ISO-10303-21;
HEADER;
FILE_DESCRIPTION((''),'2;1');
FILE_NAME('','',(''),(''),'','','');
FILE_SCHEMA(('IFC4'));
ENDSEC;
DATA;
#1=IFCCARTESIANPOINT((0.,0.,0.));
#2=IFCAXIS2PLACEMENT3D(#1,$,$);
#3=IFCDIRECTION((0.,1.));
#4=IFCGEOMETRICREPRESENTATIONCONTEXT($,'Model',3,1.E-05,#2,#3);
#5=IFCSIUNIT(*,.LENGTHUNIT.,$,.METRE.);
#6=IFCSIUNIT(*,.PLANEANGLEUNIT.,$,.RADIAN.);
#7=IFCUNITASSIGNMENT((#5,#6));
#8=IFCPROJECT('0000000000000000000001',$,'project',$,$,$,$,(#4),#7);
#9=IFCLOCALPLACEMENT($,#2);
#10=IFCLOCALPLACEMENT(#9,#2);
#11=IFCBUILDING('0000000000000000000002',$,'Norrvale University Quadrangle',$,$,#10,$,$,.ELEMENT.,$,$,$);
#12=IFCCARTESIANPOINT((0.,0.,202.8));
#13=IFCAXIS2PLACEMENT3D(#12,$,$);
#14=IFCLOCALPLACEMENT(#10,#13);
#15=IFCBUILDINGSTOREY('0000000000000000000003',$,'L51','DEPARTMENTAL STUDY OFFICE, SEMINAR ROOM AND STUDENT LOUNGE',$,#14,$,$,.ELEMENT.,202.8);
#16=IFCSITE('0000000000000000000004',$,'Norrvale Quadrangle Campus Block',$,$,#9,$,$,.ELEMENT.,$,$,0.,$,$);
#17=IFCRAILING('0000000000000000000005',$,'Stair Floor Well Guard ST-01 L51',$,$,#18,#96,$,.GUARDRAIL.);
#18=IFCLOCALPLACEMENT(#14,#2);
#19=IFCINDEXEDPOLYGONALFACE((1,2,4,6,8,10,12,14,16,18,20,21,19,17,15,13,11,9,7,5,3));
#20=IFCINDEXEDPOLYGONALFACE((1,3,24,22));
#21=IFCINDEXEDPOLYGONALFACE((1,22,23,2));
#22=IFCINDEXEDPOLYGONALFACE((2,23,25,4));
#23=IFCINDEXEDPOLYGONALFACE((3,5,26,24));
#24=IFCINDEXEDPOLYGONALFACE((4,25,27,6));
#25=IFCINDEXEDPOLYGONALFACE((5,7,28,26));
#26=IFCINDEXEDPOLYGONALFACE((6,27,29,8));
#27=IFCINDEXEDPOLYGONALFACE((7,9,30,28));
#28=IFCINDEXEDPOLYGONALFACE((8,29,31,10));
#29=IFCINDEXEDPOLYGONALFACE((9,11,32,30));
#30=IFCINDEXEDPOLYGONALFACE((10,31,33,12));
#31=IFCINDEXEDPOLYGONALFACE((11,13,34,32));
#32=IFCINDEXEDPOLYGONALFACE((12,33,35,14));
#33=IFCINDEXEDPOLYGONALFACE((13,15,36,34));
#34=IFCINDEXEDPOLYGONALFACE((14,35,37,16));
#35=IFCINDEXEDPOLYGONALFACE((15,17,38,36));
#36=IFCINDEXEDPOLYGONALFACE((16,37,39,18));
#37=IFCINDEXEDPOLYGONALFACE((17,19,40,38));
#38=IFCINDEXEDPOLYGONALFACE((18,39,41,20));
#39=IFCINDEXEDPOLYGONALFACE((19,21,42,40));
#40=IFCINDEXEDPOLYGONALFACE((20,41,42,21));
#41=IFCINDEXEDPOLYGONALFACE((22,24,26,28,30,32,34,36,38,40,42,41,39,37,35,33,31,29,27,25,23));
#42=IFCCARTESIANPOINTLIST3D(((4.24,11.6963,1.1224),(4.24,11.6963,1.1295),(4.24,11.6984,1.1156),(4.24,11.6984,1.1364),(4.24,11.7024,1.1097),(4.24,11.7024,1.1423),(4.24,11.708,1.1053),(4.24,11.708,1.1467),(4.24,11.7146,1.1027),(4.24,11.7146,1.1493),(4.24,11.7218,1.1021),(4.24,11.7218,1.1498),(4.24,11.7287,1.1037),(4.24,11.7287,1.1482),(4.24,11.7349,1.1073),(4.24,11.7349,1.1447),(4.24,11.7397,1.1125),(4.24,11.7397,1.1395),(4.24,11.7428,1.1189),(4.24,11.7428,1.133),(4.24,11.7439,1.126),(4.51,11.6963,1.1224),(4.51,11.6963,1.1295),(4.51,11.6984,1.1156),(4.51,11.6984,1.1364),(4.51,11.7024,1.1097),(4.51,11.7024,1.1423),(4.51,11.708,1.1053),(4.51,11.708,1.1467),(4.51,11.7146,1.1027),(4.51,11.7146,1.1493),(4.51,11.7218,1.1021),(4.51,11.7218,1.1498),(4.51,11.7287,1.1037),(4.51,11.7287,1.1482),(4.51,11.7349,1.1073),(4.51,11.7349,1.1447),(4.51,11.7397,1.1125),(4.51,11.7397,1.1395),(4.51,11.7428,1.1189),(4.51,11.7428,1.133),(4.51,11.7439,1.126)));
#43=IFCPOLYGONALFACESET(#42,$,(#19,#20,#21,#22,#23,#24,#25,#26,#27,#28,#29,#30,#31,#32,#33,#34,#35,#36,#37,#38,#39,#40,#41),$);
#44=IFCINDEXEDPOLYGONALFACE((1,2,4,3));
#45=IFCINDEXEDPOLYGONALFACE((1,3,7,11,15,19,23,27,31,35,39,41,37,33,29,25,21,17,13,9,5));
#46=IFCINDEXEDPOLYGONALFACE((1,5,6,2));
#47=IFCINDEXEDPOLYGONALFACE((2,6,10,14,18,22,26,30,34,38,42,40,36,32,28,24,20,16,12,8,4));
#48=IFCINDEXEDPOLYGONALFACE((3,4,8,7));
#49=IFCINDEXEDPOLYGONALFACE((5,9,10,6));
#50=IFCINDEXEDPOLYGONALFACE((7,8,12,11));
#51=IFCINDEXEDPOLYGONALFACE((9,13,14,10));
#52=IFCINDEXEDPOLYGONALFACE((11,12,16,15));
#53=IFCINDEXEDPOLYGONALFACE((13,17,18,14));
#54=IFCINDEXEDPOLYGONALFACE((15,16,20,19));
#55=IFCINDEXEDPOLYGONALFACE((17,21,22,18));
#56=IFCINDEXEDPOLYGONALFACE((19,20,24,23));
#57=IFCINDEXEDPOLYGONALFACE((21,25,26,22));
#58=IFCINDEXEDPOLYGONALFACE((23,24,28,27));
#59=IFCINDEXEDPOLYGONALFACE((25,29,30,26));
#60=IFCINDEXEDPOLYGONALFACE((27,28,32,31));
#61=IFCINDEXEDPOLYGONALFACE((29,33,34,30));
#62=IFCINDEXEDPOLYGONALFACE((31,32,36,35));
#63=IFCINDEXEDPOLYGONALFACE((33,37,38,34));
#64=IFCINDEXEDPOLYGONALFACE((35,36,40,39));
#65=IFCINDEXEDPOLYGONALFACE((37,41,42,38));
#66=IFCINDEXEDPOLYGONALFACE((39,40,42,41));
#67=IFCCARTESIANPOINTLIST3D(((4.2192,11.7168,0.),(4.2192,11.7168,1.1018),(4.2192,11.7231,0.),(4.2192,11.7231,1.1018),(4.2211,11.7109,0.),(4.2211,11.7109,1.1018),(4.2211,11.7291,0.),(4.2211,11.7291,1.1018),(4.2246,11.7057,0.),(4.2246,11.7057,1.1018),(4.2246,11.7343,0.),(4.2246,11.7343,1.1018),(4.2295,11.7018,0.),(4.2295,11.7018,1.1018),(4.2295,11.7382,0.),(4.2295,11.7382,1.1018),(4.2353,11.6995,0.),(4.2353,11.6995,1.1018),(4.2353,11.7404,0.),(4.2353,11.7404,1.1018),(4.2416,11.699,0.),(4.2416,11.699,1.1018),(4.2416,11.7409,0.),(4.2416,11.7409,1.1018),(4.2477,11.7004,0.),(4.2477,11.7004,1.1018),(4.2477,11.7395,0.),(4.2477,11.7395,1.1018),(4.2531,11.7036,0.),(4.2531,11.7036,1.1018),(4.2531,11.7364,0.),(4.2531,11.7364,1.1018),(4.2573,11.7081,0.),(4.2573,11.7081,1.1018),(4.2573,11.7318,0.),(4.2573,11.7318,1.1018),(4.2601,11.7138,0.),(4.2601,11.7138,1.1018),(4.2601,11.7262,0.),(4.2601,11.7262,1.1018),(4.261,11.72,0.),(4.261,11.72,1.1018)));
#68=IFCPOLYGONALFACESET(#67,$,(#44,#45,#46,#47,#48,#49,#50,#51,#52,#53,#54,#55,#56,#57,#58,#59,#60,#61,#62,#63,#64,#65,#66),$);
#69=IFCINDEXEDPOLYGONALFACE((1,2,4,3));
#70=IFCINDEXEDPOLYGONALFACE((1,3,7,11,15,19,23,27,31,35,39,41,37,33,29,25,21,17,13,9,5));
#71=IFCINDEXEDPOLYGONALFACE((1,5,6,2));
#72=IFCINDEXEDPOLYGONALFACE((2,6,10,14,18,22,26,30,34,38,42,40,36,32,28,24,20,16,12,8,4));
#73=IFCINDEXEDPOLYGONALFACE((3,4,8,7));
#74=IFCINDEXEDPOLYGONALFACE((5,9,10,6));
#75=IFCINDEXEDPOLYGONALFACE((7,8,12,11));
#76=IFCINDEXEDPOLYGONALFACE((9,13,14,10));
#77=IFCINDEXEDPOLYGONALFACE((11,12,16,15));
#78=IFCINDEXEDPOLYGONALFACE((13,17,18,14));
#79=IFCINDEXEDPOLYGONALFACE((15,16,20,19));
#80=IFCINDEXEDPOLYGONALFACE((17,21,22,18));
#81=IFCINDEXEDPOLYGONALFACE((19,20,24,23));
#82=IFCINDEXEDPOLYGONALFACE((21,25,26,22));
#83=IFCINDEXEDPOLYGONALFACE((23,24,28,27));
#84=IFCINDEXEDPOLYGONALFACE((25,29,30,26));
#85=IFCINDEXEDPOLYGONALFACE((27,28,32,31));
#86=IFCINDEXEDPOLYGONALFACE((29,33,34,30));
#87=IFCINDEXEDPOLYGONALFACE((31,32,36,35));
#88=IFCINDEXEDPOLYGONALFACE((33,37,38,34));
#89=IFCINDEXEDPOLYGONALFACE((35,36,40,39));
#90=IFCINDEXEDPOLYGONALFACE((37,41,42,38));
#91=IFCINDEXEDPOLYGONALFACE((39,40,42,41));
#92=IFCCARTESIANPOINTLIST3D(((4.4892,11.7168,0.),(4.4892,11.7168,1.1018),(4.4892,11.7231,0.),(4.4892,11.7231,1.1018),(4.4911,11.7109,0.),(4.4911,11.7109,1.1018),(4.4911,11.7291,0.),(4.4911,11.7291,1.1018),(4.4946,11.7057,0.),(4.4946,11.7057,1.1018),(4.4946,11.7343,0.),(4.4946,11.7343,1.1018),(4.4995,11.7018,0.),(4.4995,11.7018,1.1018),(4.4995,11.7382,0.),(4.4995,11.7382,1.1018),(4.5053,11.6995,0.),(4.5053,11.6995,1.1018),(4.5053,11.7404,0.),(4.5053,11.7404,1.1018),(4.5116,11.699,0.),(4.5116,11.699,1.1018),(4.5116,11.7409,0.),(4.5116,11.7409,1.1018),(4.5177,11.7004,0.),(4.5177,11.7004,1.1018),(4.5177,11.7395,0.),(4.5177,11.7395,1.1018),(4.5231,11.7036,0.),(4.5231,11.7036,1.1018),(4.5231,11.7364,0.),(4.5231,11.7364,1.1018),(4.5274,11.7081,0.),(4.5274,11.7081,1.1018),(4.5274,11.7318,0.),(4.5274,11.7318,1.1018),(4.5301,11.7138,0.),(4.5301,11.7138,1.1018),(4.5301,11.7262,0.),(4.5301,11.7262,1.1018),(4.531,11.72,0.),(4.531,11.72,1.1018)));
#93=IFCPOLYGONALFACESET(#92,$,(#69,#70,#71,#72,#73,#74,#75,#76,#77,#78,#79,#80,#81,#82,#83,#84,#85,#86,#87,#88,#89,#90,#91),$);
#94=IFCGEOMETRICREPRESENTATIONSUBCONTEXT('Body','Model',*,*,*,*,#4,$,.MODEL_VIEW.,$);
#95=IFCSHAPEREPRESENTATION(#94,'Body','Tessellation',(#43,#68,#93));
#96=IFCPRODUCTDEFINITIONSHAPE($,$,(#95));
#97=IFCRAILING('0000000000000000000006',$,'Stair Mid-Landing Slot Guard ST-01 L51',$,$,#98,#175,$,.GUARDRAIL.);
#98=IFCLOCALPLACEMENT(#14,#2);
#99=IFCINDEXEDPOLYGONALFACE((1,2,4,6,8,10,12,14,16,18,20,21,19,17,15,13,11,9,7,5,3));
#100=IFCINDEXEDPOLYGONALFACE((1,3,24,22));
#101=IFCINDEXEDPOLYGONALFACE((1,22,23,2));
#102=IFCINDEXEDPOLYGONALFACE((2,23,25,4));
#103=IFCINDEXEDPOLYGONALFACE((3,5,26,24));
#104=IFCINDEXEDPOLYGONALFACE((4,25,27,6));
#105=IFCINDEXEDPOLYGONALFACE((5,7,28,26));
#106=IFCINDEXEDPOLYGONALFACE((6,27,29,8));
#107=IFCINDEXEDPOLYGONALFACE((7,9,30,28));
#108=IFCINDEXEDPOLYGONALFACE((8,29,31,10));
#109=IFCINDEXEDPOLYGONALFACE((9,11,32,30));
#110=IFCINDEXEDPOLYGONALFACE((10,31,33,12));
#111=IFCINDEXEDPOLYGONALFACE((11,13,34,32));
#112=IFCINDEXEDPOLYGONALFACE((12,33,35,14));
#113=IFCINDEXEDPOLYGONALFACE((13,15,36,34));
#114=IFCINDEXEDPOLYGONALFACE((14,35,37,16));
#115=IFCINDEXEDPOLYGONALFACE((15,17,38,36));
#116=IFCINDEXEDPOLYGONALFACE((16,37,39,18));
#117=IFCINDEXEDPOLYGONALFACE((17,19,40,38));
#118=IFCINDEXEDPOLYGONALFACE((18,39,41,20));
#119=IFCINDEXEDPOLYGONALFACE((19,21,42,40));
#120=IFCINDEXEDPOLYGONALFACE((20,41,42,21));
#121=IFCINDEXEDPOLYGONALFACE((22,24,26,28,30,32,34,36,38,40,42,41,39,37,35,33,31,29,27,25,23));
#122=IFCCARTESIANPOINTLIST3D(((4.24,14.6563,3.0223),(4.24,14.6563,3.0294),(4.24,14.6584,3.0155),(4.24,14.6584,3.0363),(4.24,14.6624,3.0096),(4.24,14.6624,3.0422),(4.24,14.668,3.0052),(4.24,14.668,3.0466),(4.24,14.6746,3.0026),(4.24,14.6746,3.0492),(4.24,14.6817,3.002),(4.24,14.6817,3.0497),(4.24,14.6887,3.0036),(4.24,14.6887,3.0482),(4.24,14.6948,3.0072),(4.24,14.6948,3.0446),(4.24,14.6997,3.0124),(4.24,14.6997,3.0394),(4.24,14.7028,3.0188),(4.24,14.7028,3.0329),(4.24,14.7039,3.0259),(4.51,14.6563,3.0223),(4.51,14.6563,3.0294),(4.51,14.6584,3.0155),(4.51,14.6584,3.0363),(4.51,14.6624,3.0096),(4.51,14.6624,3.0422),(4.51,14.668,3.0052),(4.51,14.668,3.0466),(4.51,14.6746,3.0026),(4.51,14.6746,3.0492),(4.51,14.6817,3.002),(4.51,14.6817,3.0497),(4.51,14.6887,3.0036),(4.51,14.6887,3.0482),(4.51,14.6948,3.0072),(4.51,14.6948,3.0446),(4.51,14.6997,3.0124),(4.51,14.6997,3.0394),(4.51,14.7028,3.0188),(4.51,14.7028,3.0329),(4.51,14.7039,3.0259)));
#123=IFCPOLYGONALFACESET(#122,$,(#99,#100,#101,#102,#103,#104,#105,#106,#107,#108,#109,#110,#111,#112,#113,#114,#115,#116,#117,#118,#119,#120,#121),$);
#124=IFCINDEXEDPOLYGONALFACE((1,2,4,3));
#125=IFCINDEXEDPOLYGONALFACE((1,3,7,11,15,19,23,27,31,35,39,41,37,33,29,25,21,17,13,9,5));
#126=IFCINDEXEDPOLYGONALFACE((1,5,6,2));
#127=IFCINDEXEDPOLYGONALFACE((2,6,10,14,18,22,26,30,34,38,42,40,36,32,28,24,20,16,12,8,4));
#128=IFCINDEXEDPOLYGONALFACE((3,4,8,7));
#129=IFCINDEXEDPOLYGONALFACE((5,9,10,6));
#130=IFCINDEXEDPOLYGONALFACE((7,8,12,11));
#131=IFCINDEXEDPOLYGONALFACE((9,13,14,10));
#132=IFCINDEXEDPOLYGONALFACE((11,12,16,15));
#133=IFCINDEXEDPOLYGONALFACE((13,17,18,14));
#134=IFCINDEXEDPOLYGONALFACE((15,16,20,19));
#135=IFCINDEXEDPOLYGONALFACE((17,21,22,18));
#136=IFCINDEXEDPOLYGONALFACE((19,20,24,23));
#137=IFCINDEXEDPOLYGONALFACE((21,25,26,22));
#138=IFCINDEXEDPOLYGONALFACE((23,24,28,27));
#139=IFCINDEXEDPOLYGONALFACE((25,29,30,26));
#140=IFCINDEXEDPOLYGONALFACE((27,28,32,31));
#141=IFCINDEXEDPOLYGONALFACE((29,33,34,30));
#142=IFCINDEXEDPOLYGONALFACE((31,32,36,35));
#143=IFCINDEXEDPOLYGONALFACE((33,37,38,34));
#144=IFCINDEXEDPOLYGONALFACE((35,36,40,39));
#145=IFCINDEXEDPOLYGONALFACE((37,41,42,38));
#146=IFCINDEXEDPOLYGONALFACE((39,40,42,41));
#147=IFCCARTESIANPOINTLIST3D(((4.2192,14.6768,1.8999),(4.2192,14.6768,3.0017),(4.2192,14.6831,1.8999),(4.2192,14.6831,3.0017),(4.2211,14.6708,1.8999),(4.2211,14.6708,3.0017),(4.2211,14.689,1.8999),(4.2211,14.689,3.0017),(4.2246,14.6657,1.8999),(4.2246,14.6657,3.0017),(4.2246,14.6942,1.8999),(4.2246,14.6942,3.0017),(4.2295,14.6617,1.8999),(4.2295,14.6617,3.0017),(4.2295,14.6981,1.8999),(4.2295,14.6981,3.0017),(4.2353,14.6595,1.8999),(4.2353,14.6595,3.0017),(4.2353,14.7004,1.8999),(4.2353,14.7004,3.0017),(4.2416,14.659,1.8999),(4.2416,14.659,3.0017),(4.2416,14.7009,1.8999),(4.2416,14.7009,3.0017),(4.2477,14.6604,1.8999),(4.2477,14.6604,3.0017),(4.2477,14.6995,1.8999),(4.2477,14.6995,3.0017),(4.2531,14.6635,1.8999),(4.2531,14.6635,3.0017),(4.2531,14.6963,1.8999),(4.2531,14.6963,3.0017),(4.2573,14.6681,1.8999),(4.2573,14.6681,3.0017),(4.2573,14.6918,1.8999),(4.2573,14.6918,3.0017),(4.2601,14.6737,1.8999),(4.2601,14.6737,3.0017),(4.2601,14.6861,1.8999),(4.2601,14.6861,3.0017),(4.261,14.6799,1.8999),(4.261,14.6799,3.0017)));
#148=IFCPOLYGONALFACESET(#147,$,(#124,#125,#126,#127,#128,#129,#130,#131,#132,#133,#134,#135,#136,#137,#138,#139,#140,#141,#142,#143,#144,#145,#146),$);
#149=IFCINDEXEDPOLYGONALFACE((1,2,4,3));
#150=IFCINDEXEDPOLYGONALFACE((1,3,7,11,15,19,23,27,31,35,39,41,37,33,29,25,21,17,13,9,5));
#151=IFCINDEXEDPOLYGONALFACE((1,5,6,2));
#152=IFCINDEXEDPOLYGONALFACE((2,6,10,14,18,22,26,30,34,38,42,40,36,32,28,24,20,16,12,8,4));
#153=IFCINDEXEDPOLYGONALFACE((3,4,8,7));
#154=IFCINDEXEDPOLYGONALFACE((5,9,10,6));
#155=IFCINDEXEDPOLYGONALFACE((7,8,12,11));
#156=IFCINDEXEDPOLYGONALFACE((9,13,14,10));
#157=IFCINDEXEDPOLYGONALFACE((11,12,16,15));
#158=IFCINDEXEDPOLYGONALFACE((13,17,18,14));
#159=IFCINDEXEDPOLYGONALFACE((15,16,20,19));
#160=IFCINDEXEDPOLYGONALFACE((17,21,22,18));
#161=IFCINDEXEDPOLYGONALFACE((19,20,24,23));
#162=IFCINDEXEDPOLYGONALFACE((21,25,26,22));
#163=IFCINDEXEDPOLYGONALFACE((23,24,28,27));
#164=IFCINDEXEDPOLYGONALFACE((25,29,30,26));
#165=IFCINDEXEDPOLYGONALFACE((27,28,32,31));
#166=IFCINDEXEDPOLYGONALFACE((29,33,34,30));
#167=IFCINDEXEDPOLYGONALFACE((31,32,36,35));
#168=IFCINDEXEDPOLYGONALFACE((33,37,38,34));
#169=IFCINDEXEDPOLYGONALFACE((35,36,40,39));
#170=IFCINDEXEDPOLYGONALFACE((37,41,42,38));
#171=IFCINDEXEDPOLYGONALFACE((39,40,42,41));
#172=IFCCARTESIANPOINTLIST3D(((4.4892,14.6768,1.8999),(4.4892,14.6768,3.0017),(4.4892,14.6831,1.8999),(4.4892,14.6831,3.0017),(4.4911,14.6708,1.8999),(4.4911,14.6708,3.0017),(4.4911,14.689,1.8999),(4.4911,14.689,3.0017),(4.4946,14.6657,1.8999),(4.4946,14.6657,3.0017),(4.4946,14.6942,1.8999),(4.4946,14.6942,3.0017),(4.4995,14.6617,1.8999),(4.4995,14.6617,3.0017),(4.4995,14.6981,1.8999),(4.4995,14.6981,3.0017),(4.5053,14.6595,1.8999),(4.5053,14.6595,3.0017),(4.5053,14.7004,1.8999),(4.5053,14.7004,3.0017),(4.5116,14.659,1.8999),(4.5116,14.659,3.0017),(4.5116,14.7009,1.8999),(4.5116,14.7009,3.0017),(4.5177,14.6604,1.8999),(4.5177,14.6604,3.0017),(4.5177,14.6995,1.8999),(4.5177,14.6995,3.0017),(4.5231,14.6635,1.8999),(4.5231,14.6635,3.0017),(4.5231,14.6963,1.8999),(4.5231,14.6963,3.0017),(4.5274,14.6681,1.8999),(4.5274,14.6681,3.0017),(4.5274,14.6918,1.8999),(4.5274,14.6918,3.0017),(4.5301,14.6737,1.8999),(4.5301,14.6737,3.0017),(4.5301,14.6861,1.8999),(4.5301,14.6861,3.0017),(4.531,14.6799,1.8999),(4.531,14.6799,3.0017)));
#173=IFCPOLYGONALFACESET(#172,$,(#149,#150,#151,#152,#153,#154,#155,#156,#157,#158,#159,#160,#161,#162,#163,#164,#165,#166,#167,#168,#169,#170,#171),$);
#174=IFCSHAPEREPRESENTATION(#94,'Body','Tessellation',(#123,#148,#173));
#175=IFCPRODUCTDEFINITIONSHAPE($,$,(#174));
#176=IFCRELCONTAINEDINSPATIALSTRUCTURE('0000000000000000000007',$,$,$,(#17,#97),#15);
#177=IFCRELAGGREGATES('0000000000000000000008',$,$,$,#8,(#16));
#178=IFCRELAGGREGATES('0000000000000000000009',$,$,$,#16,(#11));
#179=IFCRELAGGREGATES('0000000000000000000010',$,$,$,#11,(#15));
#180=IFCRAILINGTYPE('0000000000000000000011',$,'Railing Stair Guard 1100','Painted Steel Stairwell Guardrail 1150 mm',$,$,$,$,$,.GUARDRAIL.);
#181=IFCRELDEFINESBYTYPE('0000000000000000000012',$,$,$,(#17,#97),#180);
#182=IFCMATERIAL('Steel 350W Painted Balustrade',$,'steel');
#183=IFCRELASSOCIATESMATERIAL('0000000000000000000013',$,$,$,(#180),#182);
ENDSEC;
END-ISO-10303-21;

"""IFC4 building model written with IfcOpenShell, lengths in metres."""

from ifc_helpers import new_model, si_unit, direction, frame, origin, origin_2d, place, context, subcontext, project, spatial, circle, extrude, material, type_object, element, save


model = new_model("IFC4")

# Units and contexts
model_context = context("Model", 3, precision=1e-05, world=origin(), true_north=direction((0.0, 1.0)))
body_context = subcontext(model_context, "Body", "Model", "MODEL_VIEW")
ifc_project = project(units=[si_unit("LENGTHUNIT", "METRE"), si_unit("PLANEANGLEUNIT", "RADIAN")], contexts=[model_context])

# Site, building, storey
site_placement = place(None, origin())
site = spatial("IfcSite", under=ifc_project, at=site_placement, Name="Norrvale Quadrangle Campus Block", CompositionType="ELEMENT", RefElevation=0.0)
building_placement = place(site_placement, origin())
building = spatial("IfcBuilding", under=site, at=building_placement, Name="Norrvale University Quadrangle", CompositionType="ELEMENT")
storey_placement = place(building_placement, frame((0.0, 0.0, 202.8)))
storey = spatial("IfcBuildingStorey", under=building, at=storey_placement, Name="L51", Description="DEPARTMENTAL STUDY OFFICE, SEMINAR ROOM AND STUDENT LOUNGE", CompositionType="ELEMENT", Elevation=202.8)

# Railings
ifc_material_1 = material(Name="Steel 350W Painted Balustrade", Category="steel")
railing_type_1 = type_object("IfcRailingType", Name="Railing Stair Guard 1100", Description="Painted Steel Stairwell Guardrail 1150 mm", PredefinedType="GUARDRAIL", material=ifc_material_1)
for number, where, name in (
    (1, (4.24, 11.72, 0.0), "Stair Floor Well Guard ST-01 L51"),
    (2, (4.24, 14.6799, 1.8999), "Stair Mid-Landing Slot Guard ST-01 L51"),
):
    element("IfcRailing", number, at=place(storey_placement, frame(where)), inside=storey, type_object=railing_type_1, Name=name, PredefinedType="GUARDRAIL", context=body_context, shape_type="SweptSolid", body=[
        extrude(circle(Radius=0.0239, at=origin_2d()), frame((0.0, 0.0, 1.126), z_axis=(1.0, 0.0, 0.0), x_axis=(0.0, 1.0, 0.0)), (0.0, 0.0, 1.0), 0.27),
        extrude(circle(Radius=0.021, at=origin_2d()), origin(), (0.0, 0.0, 1.0), 1.1018),
        extrude(circle(Radius=0.021, at=origin_2d()), frame((0.27, 0.0, 0.0)), (0.0, 0.0, 1.0), 1.1018),
    ])

save(model, "model.ifc")
